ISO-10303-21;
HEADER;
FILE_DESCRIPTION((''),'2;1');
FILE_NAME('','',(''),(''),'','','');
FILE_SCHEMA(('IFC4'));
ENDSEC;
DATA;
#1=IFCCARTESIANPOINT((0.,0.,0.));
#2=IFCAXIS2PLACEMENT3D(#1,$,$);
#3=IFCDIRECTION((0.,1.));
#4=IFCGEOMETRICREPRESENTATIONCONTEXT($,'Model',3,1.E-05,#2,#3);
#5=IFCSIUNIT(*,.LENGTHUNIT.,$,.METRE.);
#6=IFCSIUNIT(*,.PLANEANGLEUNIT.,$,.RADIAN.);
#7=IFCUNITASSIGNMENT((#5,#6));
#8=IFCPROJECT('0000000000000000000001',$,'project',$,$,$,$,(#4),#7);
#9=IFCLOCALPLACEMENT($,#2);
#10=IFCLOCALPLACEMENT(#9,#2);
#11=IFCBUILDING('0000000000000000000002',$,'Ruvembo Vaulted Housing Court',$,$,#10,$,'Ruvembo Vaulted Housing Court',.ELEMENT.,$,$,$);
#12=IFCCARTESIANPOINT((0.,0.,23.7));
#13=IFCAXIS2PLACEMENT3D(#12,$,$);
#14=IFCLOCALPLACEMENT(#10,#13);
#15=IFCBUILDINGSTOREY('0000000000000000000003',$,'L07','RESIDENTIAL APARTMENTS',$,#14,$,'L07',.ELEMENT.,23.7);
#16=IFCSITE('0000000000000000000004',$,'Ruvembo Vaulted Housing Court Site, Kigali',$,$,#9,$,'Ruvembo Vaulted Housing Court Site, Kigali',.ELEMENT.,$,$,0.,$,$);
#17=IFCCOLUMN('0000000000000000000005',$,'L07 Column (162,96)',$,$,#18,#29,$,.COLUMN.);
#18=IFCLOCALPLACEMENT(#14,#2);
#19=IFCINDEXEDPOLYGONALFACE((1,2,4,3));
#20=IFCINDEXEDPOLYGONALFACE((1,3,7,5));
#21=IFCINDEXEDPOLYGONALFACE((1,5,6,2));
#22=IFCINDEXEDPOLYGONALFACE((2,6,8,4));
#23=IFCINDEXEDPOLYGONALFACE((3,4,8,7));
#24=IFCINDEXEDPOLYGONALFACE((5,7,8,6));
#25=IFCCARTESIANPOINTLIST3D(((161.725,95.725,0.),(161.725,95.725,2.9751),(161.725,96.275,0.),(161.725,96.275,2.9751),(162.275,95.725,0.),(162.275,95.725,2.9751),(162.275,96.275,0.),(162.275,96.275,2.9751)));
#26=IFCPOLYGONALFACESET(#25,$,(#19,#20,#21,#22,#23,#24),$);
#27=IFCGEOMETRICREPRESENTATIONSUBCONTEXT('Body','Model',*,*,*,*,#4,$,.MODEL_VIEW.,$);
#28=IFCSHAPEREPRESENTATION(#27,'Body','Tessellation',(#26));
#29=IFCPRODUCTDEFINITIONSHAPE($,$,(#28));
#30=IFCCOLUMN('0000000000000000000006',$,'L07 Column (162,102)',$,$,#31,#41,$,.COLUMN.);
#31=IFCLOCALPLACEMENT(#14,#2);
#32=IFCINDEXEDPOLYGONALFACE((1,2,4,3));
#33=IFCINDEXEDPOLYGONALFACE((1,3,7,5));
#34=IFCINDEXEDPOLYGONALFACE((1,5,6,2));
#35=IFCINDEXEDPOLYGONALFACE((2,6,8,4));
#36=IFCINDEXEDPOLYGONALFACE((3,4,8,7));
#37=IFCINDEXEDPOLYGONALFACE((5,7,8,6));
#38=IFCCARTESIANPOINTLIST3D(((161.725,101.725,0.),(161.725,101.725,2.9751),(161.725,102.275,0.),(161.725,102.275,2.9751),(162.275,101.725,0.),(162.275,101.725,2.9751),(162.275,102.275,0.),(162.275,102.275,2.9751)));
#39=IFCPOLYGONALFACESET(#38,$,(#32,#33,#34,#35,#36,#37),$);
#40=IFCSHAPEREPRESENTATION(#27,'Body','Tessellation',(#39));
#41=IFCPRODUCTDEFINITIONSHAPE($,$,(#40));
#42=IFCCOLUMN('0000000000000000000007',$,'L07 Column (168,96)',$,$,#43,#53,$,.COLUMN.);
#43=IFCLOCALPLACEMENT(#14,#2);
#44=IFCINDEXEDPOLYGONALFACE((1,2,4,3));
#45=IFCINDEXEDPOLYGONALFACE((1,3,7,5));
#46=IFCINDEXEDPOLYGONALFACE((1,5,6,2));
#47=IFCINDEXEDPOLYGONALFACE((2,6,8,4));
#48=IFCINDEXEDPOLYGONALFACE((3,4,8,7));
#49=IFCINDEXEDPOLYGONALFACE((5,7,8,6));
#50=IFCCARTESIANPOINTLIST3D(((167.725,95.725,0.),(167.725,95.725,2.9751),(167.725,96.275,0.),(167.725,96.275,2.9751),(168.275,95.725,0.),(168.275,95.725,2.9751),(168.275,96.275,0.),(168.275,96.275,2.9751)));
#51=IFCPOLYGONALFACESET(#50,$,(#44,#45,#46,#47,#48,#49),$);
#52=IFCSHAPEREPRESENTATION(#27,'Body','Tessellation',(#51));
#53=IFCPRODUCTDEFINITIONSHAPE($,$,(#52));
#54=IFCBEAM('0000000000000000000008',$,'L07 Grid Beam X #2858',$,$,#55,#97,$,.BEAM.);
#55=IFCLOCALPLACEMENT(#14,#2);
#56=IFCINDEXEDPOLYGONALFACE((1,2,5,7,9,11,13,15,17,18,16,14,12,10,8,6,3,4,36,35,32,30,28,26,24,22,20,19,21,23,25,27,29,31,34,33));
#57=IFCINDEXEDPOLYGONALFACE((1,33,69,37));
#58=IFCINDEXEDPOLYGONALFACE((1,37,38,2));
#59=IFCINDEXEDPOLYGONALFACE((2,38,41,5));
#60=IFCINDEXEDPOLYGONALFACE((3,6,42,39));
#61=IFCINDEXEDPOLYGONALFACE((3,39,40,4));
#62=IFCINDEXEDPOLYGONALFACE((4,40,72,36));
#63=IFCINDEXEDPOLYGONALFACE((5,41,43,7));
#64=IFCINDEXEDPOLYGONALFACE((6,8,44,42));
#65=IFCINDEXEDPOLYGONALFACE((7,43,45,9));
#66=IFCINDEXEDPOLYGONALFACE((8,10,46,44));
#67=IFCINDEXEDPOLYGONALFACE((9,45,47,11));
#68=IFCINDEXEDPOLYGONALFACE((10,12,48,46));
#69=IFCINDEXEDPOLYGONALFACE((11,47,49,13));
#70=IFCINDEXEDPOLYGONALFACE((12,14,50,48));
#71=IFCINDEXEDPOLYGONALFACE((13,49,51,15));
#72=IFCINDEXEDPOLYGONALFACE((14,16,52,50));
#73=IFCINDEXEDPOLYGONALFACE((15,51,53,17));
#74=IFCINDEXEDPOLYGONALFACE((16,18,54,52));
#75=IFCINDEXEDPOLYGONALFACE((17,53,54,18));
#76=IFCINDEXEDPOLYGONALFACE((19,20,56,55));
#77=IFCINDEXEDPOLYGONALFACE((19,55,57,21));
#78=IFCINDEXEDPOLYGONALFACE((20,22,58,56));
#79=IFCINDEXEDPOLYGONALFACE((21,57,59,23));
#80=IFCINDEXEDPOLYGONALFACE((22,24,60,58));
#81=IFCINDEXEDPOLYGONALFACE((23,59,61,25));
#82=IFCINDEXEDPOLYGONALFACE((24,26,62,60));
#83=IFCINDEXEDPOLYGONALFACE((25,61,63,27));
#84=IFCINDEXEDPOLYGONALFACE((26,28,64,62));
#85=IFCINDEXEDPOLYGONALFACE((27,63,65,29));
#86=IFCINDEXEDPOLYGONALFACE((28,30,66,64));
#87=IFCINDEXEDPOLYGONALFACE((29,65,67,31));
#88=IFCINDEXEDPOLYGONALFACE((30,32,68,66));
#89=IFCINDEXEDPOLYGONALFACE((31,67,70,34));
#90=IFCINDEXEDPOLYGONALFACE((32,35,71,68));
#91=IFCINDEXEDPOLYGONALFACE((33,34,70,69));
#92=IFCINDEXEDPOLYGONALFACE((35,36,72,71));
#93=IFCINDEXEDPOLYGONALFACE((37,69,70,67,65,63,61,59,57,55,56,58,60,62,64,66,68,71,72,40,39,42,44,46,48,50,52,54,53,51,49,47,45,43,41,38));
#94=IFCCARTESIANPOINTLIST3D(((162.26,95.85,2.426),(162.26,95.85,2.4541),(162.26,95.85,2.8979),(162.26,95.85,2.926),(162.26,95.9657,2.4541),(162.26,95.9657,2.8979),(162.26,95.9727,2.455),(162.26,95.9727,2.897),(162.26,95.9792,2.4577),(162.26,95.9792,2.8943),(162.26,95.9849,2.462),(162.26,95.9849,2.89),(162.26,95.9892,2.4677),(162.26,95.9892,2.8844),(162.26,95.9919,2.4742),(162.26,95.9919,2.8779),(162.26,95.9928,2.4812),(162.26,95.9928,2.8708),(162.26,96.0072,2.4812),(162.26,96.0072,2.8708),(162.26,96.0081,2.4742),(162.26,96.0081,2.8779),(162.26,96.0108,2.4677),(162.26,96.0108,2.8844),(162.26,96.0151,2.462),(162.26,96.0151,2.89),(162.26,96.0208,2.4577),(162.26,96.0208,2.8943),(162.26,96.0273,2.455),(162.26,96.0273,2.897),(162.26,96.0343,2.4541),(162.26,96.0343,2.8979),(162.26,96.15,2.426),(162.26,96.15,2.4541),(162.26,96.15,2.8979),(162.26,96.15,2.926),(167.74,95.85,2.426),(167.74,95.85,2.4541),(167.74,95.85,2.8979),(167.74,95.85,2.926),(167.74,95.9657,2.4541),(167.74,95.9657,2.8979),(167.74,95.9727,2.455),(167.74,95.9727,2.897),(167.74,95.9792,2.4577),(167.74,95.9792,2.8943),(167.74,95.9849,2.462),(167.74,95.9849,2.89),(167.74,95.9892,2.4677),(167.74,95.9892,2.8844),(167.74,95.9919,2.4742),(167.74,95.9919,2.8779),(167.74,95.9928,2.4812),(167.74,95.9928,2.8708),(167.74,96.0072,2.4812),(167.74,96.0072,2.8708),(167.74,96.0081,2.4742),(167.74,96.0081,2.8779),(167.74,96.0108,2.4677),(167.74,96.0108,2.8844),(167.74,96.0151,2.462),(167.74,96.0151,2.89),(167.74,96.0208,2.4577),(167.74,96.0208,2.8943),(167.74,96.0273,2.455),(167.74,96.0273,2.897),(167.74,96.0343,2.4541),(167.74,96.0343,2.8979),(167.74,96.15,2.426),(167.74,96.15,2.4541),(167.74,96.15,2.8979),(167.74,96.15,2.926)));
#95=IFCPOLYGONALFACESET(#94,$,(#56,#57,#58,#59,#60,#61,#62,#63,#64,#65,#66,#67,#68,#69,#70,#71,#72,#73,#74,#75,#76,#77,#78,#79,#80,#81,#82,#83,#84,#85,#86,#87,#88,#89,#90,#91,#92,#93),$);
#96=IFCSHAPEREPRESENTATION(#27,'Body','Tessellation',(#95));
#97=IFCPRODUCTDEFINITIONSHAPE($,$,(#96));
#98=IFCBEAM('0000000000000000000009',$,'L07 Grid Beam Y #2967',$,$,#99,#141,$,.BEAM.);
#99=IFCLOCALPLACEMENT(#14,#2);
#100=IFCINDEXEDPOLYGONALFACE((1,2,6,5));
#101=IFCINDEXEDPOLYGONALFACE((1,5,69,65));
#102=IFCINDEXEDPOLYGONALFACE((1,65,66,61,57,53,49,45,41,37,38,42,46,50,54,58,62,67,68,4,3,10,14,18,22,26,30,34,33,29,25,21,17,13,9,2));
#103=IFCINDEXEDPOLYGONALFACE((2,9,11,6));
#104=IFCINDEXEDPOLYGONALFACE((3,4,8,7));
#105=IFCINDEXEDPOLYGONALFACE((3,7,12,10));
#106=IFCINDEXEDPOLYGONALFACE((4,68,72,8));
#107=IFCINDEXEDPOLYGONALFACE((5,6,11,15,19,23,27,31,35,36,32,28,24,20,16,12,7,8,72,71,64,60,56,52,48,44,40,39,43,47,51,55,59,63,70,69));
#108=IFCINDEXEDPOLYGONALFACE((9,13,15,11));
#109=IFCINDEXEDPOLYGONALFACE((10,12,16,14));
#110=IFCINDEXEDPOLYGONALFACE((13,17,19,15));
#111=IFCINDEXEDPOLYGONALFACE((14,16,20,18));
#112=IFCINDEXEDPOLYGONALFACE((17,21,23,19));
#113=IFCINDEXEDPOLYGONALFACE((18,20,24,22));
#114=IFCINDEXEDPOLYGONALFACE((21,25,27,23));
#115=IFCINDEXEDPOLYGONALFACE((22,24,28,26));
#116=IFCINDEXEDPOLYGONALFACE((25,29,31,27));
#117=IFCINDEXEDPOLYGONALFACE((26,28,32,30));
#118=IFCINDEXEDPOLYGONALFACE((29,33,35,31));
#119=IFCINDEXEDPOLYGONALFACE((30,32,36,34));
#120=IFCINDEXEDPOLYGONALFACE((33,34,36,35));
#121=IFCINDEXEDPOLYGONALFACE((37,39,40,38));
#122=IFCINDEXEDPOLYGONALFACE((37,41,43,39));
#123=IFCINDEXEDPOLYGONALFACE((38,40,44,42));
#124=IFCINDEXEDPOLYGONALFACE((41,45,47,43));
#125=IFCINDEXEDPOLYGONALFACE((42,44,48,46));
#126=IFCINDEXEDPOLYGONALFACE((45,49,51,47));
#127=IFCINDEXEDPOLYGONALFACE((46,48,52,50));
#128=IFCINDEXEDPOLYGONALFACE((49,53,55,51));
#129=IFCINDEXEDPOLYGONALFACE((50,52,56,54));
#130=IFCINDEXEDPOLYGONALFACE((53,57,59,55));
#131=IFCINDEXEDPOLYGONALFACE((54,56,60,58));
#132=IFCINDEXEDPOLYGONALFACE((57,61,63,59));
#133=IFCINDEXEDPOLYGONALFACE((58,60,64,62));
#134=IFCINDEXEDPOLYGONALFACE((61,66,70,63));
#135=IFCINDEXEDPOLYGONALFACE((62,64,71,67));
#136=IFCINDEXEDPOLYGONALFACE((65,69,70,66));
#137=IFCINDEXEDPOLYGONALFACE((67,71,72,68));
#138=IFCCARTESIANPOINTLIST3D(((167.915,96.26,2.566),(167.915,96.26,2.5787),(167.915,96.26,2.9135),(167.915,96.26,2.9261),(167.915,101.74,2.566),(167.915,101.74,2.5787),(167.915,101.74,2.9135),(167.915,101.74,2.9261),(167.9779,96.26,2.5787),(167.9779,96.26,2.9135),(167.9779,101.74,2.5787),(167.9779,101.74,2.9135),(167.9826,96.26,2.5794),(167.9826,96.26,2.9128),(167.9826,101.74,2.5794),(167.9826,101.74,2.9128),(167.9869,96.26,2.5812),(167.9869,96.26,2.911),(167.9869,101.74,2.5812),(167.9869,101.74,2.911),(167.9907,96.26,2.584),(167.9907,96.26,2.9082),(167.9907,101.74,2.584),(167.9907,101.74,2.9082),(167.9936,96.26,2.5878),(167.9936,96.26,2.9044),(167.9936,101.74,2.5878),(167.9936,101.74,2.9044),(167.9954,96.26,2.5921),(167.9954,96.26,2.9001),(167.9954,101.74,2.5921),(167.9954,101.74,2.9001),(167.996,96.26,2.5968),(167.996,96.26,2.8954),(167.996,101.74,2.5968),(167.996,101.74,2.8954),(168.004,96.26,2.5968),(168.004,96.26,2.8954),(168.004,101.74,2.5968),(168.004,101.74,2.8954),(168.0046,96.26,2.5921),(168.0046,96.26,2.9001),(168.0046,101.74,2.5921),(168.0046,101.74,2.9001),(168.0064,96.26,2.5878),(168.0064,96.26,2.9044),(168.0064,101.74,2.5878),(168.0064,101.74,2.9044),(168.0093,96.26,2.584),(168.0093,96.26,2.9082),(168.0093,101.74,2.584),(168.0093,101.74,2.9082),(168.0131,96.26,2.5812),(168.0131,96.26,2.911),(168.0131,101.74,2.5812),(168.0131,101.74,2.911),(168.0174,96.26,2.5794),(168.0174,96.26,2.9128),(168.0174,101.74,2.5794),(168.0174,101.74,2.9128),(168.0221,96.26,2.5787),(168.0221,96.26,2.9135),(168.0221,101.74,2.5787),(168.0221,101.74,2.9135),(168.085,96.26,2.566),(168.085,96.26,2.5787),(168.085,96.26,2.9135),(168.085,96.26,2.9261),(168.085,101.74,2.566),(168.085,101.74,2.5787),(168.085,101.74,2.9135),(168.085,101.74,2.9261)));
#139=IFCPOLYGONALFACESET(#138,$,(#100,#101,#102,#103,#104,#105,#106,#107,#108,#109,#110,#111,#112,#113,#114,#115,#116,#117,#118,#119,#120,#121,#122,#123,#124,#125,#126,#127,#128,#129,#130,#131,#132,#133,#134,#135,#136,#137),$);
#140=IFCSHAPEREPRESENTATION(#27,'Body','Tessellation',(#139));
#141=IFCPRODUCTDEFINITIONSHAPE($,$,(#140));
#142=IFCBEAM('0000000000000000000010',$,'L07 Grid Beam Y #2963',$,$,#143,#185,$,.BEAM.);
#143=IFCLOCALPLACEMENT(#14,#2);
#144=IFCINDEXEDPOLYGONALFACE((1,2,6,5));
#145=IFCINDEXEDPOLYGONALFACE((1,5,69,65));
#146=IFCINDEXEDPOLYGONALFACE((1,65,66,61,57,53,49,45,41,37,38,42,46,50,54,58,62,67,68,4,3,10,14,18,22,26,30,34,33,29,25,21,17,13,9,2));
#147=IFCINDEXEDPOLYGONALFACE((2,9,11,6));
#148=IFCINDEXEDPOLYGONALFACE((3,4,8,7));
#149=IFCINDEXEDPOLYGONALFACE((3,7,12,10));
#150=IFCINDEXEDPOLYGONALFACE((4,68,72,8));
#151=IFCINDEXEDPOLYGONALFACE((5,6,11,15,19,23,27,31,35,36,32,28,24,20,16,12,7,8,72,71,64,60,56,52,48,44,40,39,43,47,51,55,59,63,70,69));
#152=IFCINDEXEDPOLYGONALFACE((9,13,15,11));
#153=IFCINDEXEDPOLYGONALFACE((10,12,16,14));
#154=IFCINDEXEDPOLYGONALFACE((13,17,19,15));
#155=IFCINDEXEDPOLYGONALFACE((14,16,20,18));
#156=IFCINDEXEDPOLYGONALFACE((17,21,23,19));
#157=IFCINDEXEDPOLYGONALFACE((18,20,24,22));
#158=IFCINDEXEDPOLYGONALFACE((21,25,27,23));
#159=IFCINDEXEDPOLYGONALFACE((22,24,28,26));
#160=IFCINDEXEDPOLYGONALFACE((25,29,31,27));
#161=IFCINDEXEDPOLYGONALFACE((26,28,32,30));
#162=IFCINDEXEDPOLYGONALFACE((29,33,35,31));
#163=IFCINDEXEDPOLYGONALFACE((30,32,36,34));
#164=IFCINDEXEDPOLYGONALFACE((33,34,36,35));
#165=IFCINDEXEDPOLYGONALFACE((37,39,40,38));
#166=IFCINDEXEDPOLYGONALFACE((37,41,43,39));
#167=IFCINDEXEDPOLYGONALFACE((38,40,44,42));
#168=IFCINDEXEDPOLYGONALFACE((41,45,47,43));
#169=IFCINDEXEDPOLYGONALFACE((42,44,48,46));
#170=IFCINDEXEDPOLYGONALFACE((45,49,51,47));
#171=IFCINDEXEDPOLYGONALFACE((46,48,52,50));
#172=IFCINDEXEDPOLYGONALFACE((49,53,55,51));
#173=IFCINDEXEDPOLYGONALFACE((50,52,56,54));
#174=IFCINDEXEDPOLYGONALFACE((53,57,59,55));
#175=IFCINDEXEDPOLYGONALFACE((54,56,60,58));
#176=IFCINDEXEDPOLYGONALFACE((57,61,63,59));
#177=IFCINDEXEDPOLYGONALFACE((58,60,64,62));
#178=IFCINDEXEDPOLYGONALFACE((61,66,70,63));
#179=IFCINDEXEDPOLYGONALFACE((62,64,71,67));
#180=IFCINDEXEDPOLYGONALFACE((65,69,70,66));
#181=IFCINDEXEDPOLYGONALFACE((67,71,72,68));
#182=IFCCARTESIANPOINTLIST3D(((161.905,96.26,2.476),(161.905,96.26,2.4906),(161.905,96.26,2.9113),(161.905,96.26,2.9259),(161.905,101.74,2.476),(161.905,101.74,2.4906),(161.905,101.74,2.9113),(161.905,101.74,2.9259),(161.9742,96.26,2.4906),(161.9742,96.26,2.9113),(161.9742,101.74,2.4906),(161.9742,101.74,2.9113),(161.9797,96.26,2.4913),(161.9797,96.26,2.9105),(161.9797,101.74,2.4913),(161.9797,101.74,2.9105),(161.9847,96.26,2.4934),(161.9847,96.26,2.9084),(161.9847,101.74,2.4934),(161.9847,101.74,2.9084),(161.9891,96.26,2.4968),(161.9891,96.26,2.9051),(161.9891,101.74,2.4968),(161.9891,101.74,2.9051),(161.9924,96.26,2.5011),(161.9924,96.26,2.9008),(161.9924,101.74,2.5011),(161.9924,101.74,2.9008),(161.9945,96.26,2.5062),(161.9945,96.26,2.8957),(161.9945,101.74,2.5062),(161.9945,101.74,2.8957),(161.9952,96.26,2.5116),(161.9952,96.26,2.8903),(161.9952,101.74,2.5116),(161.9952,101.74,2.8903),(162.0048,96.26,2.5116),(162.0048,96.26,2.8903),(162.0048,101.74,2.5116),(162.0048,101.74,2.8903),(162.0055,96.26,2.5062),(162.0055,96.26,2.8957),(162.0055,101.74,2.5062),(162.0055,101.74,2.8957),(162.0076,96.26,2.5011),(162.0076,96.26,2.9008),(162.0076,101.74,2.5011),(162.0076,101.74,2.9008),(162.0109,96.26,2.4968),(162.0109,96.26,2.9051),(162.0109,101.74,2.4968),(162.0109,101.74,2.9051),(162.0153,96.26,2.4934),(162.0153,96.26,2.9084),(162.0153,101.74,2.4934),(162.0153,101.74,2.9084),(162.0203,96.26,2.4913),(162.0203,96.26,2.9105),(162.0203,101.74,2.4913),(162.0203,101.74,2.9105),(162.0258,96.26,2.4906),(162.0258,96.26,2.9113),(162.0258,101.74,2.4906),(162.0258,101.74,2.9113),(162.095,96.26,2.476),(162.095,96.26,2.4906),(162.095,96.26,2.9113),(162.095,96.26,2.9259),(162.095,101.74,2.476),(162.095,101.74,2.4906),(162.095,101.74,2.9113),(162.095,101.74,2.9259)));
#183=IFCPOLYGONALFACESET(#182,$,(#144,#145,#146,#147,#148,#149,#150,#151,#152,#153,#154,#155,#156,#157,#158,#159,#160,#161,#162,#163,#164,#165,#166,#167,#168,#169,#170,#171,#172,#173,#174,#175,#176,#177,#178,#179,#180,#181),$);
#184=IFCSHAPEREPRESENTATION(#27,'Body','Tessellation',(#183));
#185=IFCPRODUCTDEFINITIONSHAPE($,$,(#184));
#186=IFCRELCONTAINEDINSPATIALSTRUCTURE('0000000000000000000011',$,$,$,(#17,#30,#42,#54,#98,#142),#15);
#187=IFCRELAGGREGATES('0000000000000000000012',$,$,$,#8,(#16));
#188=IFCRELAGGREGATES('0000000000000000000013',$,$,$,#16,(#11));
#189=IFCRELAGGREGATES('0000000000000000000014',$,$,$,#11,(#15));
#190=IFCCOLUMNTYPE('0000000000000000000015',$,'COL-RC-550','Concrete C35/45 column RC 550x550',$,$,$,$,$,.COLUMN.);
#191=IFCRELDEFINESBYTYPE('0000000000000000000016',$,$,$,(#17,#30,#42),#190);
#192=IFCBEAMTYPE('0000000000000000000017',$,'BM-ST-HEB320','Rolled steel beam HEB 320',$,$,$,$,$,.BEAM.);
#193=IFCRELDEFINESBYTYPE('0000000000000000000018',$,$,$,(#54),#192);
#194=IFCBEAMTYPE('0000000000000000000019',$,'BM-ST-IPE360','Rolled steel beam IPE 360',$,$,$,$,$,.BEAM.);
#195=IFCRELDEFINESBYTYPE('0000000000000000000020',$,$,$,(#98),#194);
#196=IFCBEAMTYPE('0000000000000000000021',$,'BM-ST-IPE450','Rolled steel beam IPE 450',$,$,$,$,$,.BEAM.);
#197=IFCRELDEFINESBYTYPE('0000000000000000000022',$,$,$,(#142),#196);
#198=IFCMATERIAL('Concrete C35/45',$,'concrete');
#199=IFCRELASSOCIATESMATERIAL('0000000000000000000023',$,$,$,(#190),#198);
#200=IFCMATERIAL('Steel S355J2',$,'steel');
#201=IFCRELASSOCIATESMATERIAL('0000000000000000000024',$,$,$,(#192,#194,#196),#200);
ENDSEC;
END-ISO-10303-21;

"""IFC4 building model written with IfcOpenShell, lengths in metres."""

from ifc_helpers import new_model, si_unit, direction, frame, origin, origin_2d, place, context, subcontext, project, spatial, rectangle, i_section, extrude, material, material_profile, profile_set, type_object, element, save


model = new_model("IFC4")

# Units and contexts
model_context = context("Model", 3, precision=1e-05, world=origin(), true_north=direction((0.0, 1.0)))
body_context = subcontext(model_context, "Body", "Model", "MODEL_VIEW")
ifc_project = project(units=[si_unit("LENGTHUNIT", "METRE"), si_unit("PLANEANGLEUNIT", "RADIAN")], contexts=[model_context])

# Site, building, storey
site_placement = place(None, origin())
site = spatial("IfcSite", under=ifc_project, at=site_placement, Name="Ruvembo Vaulted Housing Court Site, Kigali", LongName="Ruvembo Vaulted Housing Court Site, Kigali", CompositionType="ELEMENT", RefElevation=0.0)
building_placement = place(site_placement, origin())
building = spatial("IfcBuilding", under=site, at=building_placement, Name="Ruvembo Vaulted Housing Court", LongName="Ruvembo Vaulted Housing Court", CompositionType="ELEMENT")
storey_placement = place(building_placement, frame((0.0, 0.0, 23.7)))
storey = spatial("IfcBuildingStorey", under=building, at=storey_placement, Name="L07", Description="RESIDENTIAL APARTMENTS", LongName="L07", CompositionType="ELEMENT", Elevation=23.7)

# Columns
ifc_material_1 = material(Name="Concrete C35/45", Category="concrete")
ifc_material_profile_1 = material_profile(ifc_material_1, rectangle(XDim=0.55, YDim=0.55, at=origin_2d()), Name="RC 550x550")
ifc_profile_set_1 = profile_set([ifc_material_profile_1], Name="Concrete C35/45")
column_type = type_object("IfcColumnType", Name="COL-RC-550", Description="Concrete C35/45 column RC 550x550", PredefinedType="COLUMN", material=ifc_profile_set_1)
for number, where, z_axis, x_axis, name in (
    (1, (162.0, 96.0, 0.0), (0.0, 0.0, 1.0), (1.0, 0.0, 0.0), "L07 Column (162,96)"),
    (2, (162.0, 102.0, 0.0), (0.0, 0.0, 1.0), (1.0, 0.0, 0.0), "L07 Column (162,102)"),
    (3, (168.0, 96.0, 0.0), (0.0, 0.0, 1.0), (1.0, 0.0, 0.0), "L07 Column (168,96)"),
):
    element("IfcColumn", number, at=place(storey_placement, frame(where, z_axis=z_axis, x_axis=x_axis)), inside=storey, type_object=column_type, Name=name, PredefinedType="COLUMN", context=body_context, shape_type="SweptSolid", body=[
        extrude(rectangle(XDim=0.55, YDim=0.55, at=origin_2d()), origin(), (0.0, 0.0, 1.0), 2.9751),
    ])

# Beams
ifc_material_2 = material(Name="Steel S355J2", Category="steel")
ifc_material_profile_2 = material_profile(ifc_material_2, i_section(OverallWidth=0.3, OverallDepth=0.5, WebThickness=0.0144, FlangeThickness=0.0281, FilletRadius=0.0271, at=origin_2d()), Name="HEB 320")
ifc_profile_set_2 = profile_set([ifc_material_profile_2], Name="Steel S355J2")
beam_type_1 = type_object("IfcBeamType", Name="BM-ST-HEB320", Description="Rolled steel beam HEB 320", PredefinedType="BEAM", material=ifc_profile_set_2)
beam_1_placement = place(storey_placement, frame((162.26, 96.0, 2.676), z_axis=(1.0, 0.0, 0.0), x_axis=(0.0, 1.0, 0.0)))
element("IfcBeam", 4, at=beam_1_placement, inside=storey, type_object=beam_type_1, Name="L07 Grid Beam X #2858", PredefinedType="BEAM", context=body_context, shape_type="SweptSolid", body=[
    extrude(i_section(OverallWidth=0.3, OverallDepth=0.5, WebThickness=0.0144, FlangeThickness=0.0281, FilletRadius=0.0271, at=origin_2d()), origin(), (0.0, 0.0, 1.0), 5.48),
])
ifc_material_profile_3 = material_profile(ifc_material_2, i_section(OverallWidth=0.1699, OverallDepth=0.3601, WebThickness=0.0081, FlangeThickness=0.0127, FilletRadius=0.0181, at=origin_2d()), Name="IPE 360")
ifc_profile_set_3 = profile_set([ifc_material_profile_3], Name="Steel S355J2")
beam_type_2 = type_object("IfcBeamType", Name="BM-ST-IPE360", Description="Rolled steel beam IPE 360", PredefinedType="BEAM", material=ifc_profile_set_3)
beam_2_placement = place(storey_placement, frame((168.0, 96.26, 2.7461), z_axis=(0.0, 1.0, 0.0), x_axis=(-1.0, 0.0, 0.0)))
element("IfcBeam", 5, at=beam_2_placement, inside=storey, type_object=beam_type_2, Name="L07 Grid Beam Y #2967", PredefinedType="BEAM", context=body_context, shape_type="SweptSolid", body=[
    extrude(i_section(OverallWidth=0.1699, OverallDepth=0.3601, WebThickness=0.0081, FlangeThickness=0.0127, FilletRadius=0.0181, at=origin_2d()), origin(), (0.0, 0.0, 1.0), 5.48),
])
ifc_material_profile_4 = material_profile(ifc_material_2, i_section(OverallWidth=0.1899, OverallDepth=0.45, WebThickness=0.0095, FlangeThickness=0.0146, FilletRadius=0.021, at=origin_2d()), Name="IPE 450")
ifc_profile_set_4 = profile_set([ifc_material_profile_4], Name="Steel S355J2")
beam_type_3 = type_object("IfcBeamType", Name="BM-ST-IPE450", Description="Rolled steel beam IPE 450", PredefinedType="BEAM", material=ifc_profile_set_4)
beam_3_placement = place(storey_placement, frame((162.0, 96.26, 2.7009), z_axis=(0.0, 1.0, 0.0), x_axis=(-1.0, 0.0, 0.0)))
element("IfcBeam", 6, at=beam_3_placement, inside=storey, type_object=beam_type_3, Name="L07 Grid Beam Y #2963", PredefinedType="BEAM", context=body_context, shape_type="SweptSolid", body=[
    extrude(i_section(OverallWidth=0.1899, OverallDepth=0.45, WebThickness=0.0095, FlangeThickness=0.0146, FilletRadius=0.021, at=origin_2d()), origin(), (0.0, 0.0, 1.0), 5.48),
])

save(model, "model.ifc")
